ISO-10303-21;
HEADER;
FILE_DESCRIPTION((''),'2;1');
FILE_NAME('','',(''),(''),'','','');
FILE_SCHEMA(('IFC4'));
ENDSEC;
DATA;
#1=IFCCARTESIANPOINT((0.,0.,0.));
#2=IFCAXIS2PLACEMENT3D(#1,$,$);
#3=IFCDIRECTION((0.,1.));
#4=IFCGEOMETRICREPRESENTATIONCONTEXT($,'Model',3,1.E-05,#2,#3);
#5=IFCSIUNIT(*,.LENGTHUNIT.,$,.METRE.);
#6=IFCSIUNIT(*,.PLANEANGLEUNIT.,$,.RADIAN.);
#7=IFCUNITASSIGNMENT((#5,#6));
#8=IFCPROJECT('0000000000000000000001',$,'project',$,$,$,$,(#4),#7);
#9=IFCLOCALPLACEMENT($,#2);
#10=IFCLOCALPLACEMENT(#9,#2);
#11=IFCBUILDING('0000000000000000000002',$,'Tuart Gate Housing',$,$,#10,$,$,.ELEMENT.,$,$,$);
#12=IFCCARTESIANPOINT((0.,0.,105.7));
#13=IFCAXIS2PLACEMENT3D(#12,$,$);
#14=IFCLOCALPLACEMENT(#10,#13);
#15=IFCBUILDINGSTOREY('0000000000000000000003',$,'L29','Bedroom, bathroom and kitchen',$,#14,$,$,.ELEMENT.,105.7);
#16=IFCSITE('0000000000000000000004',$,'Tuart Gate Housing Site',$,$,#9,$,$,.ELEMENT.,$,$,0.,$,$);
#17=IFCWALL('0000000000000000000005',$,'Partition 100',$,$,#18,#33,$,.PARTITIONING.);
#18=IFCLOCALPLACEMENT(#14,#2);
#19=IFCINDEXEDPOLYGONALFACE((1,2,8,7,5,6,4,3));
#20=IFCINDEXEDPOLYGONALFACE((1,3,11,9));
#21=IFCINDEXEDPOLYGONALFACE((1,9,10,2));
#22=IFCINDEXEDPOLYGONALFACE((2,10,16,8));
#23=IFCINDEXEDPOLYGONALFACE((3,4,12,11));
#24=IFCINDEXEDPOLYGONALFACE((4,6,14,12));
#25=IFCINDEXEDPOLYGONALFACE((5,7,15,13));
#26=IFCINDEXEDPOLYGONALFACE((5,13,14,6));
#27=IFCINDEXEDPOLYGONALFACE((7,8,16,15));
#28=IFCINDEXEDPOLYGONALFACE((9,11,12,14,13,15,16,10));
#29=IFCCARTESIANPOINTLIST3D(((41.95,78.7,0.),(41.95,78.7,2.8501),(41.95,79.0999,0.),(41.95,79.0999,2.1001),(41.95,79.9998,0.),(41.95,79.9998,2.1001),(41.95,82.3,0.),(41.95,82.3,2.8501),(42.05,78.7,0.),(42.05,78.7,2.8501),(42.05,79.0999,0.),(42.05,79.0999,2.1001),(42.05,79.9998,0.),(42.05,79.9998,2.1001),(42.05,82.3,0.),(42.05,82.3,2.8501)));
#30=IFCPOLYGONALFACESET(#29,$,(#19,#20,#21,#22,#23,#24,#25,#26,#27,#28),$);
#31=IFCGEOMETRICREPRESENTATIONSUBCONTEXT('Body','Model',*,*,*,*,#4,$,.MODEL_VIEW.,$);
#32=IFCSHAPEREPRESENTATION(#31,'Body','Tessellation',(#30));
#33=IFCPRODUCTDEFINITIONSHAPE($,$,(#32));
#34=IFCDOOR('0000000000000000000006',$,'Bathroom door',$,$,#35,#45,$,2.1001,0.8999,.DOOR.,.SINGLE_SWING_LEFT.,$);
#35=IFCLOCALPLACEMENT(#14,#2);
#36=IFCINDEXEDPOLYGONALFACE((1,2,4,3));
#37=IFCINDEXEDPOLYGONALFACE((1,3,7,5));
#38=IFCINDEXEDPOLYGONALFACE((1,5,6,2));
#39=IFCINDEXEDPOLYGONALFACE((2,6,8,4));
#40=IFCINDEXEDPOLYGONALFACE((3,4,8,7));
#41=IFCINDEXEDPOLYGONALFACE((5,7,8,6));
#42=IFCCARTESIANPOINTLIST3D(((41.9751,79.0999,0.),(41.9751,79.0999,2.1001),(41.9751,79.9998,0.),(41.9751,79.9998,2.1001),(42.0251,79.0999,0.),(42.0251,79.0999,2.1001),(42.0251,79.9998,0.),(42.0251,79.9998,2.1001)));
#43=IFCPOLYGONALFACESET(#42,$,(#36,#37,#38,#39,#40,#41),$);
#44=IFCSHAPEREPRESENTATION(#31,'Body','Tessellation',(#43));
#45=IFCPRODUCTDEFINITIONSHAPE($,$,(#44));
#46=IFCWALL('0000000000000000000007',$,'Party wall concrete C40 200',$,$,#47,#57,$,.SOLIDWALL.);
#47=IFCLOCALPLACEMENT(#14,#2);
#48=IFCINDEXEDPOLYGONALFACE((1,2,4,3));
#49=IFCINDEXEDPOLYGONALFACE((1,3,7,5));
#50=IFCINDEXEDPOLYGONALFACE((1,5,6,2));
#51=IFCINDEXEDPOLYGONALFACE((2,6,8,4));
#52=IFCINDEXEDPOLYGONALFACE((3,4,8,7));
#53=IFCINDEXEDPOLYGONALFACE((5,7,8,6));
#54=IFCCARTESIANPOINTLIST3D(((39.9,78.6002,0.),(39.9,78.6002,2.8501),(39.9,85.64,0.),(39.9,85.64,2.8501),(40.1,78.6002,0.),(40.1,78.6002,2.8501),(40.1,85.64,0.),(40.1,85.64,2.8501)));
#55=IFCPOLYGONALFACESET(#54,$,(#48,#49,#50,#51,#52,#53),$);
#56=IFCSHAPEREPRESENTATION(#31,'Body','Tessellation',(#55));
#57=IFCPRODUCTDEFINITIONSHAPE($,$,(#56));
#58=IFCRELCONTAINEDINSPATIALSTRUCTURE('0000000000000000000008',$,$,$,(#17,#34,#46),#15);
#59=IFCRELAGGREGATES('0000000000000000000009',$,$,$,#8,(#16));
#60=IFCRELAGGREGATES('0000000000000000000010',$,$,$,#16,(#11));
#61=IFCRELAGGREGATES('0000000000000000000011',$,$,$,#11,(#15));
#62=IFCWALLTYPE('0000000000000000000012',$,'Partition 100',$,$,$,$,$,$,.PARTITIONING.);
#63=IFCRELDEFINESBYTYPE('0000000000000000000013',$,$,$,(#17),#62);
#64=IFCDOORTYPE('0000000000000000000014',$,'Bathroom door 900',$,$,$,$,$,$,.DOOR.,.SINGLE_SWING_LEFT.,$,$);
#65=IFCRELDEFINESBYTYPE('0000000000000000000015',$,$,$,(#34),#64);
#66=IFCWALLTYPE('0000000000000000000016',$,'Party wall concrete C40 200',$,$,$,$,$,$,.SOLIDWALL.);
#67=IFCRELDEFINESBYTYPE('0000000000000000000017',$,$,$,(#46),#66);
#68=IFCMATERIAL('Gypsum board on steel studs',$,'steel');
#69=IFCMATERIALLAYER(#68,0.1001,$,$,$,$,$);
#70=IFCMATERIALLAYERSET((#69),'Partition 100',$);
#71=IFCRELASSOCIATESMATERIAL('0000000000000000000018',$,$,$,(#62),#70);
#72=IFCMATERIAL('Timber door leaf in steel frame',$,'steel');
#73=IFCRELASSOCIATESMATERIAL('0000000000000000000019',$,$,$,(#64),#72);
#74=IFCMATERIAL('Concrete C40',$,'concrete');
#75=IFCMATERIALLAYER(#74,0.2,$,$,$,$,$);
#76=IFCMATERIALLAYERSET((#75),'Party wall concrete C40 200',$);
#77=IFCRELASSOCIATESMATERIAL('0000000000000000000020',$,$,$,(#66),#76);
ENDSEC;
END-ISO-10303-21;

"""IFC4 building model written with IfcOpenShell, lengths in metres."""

from ifc_helpers import new_model, si_unit, direction, frame, frame_2d, origin, place, context, subcontext, project, spatial, rectangle, extrude, material, layer, layer_set, type_object, element, fill, save


model = new_model("IFC4")

# Units and contexts
model_context = context("Model", 3, precision=1e-05, world=origin(), true_north=direction((0.0, 1.0)))
body_context = subcontext(model_context, "Body", "Model", "MODEL_VIEW")
ifc_project = project(units=[si_unit("LENGTHUNIT", "METRE"), si_unit("PLANEANGLEUNIT", "RADIAN")], contexts=[model_context])

# Site, building, storey
site_placement = place(None, origin())
site = spatial("IfcSite", under=ifc_project, at=site_placement, Name="Tuart Gate Housing Site", CompositionType="ELEMENT", RefElevation=0.0)
building_placement = place(site_placement, origin())
building = spatial("IfcBuilding", under=site, at=building_placement, Name="Tuart Gate Housing", CompositionType="ELEMENT")
storey_placement = place(building_placement, frame((0.0, 0.0, 105.7)))
storey = spatial("IfcBuildingStorey", under=building, at=storey_placement, Name="L29", Description="Bedroom, bathroom and kitchen", CompositionType="ELEMENT", Elevation=105.7)

# Shared definitions
ifc_material_1 = material(Name="Gypsum board on steel studs", Category="steel")
ifc_layer_1 = layer(ifc_material_1, 0.1001)
ifc_layer_set_1 = layer_set([ifc_layer_1], Name="Partition 100")
wall_type_1 = type_object("IfcWallType", Name="Partition 100", PredefinedType="PARTITIONING", material=ifc_layer_set_1)

# Wall, opening, door
ifc_material_2 = material(Name="Timber door leaf in steel frame", Category="steel")
door_type_1 = type_object("IfcDoorType", Name="Bathroom door 900", OperationType="SINGLE_SWING_LEFT", PredefinedType="DOOR", material=ifc_material_2)
wall_1_placement = place(storey_placement, frame((42.0, 78.7, 0.0), z_axis=(0.0, 0.0, 1.0), x_axis=(0.0, 1.0, 0.0)))
wall_1 = element("IfcWall", 1, at=wall_1_placement, inside=storey, type_object=wall_type_1, Name="Partition 100", PredefinedType="PARTITIONING", context=body_context, shape_type="SweptSolid", body=[
    extrude(rectangle(XDim=3.6001, YDim=0.1001, at=frame_2d((1.8, 0.0))), origin(), (0.0, 0.0, 1.0), 2.8501),
])
opening_1_placement = place(wall_1_placement, frame((0.3999, 0.0, 0.0)))
opening_1 = element("IfcOpeningElement", 2, at=opening_1_placement, cuts=wall_1, PredefinedType="OPENING", context=body_context, shape_type="SweptSolid", body=[
    extrude(rectangle(XDim=0.8999, YDim=2.1001, at=frame_2d((0.45, 1.05))), frame((0.0, 0.0601, 0.0), z_axis=(0.0, -1.0, 0.0), x_axis=(1.0, 0.0, 0.0)), (0.0, 0.0, 1.0), 0.1201),
])
door_1_placement = place(opening_1_placement, origin())
door_1 = element("IfcDoor", 3, at=door_1_placement, inside=storey, type_object=door_type_1, Name="Bathroom door", OperationType="SINGLE_SWING_LEFT", OverallHeight=2.1001, OverallWidth=0.8999, PredefinedType="DOOR", context=body_context, shape_type="SweptSolid", body=[
    extrude(rectangle(XDim=0.8999, YDim=2.1001, at=frame_2d((0.45, 1.05))), frame((0.0, 0.0249, 0.0), z_axis=(0.0, -1.0, 0.0), x_axis=(1.0, 0.0, 0.0)), (0.0, 0.0, 1.0), 0.05),
])
fill(opening_1, door_1)

# Wall
ifc_material_3 = material(Name="Concrete C40", Category="concrete")
ifc_layer_2 = layer(ifc_material_3, 0.2)
ifc_layer_set_2 = layer_set([ifc_layer_2], Name="Party wall concrete C40 200")
wall_type_2 = type_object("IfcWallType", Name="Party wall concrete C40 200", PredefinedType="SOLIDWALL", material=ifc_layer_set_2)
wall_2_placement = place(storey_placement, frame((40.0, 78.6001, 0.0), z_axis=(0.0, 0.0, 1.0), x_axis=(0.0, 1.0, 0.0)))
element("IfcWall", 4, at=wall_2_placement, inside=storey, type_object=wall_type_2, Name="Party wall concrete C40 200", PredefinedType="SOLIDWALL", context=body_context, shape_type="SweptSolid", body=[
    extrude(rectangle(XDim=7.0398, YDim=0.2, at=frame_2d((3.52, 0.0))), origin(), (0.0, 0.0, 1.0), 2.8501),
])

save(model, "model.ifc")
